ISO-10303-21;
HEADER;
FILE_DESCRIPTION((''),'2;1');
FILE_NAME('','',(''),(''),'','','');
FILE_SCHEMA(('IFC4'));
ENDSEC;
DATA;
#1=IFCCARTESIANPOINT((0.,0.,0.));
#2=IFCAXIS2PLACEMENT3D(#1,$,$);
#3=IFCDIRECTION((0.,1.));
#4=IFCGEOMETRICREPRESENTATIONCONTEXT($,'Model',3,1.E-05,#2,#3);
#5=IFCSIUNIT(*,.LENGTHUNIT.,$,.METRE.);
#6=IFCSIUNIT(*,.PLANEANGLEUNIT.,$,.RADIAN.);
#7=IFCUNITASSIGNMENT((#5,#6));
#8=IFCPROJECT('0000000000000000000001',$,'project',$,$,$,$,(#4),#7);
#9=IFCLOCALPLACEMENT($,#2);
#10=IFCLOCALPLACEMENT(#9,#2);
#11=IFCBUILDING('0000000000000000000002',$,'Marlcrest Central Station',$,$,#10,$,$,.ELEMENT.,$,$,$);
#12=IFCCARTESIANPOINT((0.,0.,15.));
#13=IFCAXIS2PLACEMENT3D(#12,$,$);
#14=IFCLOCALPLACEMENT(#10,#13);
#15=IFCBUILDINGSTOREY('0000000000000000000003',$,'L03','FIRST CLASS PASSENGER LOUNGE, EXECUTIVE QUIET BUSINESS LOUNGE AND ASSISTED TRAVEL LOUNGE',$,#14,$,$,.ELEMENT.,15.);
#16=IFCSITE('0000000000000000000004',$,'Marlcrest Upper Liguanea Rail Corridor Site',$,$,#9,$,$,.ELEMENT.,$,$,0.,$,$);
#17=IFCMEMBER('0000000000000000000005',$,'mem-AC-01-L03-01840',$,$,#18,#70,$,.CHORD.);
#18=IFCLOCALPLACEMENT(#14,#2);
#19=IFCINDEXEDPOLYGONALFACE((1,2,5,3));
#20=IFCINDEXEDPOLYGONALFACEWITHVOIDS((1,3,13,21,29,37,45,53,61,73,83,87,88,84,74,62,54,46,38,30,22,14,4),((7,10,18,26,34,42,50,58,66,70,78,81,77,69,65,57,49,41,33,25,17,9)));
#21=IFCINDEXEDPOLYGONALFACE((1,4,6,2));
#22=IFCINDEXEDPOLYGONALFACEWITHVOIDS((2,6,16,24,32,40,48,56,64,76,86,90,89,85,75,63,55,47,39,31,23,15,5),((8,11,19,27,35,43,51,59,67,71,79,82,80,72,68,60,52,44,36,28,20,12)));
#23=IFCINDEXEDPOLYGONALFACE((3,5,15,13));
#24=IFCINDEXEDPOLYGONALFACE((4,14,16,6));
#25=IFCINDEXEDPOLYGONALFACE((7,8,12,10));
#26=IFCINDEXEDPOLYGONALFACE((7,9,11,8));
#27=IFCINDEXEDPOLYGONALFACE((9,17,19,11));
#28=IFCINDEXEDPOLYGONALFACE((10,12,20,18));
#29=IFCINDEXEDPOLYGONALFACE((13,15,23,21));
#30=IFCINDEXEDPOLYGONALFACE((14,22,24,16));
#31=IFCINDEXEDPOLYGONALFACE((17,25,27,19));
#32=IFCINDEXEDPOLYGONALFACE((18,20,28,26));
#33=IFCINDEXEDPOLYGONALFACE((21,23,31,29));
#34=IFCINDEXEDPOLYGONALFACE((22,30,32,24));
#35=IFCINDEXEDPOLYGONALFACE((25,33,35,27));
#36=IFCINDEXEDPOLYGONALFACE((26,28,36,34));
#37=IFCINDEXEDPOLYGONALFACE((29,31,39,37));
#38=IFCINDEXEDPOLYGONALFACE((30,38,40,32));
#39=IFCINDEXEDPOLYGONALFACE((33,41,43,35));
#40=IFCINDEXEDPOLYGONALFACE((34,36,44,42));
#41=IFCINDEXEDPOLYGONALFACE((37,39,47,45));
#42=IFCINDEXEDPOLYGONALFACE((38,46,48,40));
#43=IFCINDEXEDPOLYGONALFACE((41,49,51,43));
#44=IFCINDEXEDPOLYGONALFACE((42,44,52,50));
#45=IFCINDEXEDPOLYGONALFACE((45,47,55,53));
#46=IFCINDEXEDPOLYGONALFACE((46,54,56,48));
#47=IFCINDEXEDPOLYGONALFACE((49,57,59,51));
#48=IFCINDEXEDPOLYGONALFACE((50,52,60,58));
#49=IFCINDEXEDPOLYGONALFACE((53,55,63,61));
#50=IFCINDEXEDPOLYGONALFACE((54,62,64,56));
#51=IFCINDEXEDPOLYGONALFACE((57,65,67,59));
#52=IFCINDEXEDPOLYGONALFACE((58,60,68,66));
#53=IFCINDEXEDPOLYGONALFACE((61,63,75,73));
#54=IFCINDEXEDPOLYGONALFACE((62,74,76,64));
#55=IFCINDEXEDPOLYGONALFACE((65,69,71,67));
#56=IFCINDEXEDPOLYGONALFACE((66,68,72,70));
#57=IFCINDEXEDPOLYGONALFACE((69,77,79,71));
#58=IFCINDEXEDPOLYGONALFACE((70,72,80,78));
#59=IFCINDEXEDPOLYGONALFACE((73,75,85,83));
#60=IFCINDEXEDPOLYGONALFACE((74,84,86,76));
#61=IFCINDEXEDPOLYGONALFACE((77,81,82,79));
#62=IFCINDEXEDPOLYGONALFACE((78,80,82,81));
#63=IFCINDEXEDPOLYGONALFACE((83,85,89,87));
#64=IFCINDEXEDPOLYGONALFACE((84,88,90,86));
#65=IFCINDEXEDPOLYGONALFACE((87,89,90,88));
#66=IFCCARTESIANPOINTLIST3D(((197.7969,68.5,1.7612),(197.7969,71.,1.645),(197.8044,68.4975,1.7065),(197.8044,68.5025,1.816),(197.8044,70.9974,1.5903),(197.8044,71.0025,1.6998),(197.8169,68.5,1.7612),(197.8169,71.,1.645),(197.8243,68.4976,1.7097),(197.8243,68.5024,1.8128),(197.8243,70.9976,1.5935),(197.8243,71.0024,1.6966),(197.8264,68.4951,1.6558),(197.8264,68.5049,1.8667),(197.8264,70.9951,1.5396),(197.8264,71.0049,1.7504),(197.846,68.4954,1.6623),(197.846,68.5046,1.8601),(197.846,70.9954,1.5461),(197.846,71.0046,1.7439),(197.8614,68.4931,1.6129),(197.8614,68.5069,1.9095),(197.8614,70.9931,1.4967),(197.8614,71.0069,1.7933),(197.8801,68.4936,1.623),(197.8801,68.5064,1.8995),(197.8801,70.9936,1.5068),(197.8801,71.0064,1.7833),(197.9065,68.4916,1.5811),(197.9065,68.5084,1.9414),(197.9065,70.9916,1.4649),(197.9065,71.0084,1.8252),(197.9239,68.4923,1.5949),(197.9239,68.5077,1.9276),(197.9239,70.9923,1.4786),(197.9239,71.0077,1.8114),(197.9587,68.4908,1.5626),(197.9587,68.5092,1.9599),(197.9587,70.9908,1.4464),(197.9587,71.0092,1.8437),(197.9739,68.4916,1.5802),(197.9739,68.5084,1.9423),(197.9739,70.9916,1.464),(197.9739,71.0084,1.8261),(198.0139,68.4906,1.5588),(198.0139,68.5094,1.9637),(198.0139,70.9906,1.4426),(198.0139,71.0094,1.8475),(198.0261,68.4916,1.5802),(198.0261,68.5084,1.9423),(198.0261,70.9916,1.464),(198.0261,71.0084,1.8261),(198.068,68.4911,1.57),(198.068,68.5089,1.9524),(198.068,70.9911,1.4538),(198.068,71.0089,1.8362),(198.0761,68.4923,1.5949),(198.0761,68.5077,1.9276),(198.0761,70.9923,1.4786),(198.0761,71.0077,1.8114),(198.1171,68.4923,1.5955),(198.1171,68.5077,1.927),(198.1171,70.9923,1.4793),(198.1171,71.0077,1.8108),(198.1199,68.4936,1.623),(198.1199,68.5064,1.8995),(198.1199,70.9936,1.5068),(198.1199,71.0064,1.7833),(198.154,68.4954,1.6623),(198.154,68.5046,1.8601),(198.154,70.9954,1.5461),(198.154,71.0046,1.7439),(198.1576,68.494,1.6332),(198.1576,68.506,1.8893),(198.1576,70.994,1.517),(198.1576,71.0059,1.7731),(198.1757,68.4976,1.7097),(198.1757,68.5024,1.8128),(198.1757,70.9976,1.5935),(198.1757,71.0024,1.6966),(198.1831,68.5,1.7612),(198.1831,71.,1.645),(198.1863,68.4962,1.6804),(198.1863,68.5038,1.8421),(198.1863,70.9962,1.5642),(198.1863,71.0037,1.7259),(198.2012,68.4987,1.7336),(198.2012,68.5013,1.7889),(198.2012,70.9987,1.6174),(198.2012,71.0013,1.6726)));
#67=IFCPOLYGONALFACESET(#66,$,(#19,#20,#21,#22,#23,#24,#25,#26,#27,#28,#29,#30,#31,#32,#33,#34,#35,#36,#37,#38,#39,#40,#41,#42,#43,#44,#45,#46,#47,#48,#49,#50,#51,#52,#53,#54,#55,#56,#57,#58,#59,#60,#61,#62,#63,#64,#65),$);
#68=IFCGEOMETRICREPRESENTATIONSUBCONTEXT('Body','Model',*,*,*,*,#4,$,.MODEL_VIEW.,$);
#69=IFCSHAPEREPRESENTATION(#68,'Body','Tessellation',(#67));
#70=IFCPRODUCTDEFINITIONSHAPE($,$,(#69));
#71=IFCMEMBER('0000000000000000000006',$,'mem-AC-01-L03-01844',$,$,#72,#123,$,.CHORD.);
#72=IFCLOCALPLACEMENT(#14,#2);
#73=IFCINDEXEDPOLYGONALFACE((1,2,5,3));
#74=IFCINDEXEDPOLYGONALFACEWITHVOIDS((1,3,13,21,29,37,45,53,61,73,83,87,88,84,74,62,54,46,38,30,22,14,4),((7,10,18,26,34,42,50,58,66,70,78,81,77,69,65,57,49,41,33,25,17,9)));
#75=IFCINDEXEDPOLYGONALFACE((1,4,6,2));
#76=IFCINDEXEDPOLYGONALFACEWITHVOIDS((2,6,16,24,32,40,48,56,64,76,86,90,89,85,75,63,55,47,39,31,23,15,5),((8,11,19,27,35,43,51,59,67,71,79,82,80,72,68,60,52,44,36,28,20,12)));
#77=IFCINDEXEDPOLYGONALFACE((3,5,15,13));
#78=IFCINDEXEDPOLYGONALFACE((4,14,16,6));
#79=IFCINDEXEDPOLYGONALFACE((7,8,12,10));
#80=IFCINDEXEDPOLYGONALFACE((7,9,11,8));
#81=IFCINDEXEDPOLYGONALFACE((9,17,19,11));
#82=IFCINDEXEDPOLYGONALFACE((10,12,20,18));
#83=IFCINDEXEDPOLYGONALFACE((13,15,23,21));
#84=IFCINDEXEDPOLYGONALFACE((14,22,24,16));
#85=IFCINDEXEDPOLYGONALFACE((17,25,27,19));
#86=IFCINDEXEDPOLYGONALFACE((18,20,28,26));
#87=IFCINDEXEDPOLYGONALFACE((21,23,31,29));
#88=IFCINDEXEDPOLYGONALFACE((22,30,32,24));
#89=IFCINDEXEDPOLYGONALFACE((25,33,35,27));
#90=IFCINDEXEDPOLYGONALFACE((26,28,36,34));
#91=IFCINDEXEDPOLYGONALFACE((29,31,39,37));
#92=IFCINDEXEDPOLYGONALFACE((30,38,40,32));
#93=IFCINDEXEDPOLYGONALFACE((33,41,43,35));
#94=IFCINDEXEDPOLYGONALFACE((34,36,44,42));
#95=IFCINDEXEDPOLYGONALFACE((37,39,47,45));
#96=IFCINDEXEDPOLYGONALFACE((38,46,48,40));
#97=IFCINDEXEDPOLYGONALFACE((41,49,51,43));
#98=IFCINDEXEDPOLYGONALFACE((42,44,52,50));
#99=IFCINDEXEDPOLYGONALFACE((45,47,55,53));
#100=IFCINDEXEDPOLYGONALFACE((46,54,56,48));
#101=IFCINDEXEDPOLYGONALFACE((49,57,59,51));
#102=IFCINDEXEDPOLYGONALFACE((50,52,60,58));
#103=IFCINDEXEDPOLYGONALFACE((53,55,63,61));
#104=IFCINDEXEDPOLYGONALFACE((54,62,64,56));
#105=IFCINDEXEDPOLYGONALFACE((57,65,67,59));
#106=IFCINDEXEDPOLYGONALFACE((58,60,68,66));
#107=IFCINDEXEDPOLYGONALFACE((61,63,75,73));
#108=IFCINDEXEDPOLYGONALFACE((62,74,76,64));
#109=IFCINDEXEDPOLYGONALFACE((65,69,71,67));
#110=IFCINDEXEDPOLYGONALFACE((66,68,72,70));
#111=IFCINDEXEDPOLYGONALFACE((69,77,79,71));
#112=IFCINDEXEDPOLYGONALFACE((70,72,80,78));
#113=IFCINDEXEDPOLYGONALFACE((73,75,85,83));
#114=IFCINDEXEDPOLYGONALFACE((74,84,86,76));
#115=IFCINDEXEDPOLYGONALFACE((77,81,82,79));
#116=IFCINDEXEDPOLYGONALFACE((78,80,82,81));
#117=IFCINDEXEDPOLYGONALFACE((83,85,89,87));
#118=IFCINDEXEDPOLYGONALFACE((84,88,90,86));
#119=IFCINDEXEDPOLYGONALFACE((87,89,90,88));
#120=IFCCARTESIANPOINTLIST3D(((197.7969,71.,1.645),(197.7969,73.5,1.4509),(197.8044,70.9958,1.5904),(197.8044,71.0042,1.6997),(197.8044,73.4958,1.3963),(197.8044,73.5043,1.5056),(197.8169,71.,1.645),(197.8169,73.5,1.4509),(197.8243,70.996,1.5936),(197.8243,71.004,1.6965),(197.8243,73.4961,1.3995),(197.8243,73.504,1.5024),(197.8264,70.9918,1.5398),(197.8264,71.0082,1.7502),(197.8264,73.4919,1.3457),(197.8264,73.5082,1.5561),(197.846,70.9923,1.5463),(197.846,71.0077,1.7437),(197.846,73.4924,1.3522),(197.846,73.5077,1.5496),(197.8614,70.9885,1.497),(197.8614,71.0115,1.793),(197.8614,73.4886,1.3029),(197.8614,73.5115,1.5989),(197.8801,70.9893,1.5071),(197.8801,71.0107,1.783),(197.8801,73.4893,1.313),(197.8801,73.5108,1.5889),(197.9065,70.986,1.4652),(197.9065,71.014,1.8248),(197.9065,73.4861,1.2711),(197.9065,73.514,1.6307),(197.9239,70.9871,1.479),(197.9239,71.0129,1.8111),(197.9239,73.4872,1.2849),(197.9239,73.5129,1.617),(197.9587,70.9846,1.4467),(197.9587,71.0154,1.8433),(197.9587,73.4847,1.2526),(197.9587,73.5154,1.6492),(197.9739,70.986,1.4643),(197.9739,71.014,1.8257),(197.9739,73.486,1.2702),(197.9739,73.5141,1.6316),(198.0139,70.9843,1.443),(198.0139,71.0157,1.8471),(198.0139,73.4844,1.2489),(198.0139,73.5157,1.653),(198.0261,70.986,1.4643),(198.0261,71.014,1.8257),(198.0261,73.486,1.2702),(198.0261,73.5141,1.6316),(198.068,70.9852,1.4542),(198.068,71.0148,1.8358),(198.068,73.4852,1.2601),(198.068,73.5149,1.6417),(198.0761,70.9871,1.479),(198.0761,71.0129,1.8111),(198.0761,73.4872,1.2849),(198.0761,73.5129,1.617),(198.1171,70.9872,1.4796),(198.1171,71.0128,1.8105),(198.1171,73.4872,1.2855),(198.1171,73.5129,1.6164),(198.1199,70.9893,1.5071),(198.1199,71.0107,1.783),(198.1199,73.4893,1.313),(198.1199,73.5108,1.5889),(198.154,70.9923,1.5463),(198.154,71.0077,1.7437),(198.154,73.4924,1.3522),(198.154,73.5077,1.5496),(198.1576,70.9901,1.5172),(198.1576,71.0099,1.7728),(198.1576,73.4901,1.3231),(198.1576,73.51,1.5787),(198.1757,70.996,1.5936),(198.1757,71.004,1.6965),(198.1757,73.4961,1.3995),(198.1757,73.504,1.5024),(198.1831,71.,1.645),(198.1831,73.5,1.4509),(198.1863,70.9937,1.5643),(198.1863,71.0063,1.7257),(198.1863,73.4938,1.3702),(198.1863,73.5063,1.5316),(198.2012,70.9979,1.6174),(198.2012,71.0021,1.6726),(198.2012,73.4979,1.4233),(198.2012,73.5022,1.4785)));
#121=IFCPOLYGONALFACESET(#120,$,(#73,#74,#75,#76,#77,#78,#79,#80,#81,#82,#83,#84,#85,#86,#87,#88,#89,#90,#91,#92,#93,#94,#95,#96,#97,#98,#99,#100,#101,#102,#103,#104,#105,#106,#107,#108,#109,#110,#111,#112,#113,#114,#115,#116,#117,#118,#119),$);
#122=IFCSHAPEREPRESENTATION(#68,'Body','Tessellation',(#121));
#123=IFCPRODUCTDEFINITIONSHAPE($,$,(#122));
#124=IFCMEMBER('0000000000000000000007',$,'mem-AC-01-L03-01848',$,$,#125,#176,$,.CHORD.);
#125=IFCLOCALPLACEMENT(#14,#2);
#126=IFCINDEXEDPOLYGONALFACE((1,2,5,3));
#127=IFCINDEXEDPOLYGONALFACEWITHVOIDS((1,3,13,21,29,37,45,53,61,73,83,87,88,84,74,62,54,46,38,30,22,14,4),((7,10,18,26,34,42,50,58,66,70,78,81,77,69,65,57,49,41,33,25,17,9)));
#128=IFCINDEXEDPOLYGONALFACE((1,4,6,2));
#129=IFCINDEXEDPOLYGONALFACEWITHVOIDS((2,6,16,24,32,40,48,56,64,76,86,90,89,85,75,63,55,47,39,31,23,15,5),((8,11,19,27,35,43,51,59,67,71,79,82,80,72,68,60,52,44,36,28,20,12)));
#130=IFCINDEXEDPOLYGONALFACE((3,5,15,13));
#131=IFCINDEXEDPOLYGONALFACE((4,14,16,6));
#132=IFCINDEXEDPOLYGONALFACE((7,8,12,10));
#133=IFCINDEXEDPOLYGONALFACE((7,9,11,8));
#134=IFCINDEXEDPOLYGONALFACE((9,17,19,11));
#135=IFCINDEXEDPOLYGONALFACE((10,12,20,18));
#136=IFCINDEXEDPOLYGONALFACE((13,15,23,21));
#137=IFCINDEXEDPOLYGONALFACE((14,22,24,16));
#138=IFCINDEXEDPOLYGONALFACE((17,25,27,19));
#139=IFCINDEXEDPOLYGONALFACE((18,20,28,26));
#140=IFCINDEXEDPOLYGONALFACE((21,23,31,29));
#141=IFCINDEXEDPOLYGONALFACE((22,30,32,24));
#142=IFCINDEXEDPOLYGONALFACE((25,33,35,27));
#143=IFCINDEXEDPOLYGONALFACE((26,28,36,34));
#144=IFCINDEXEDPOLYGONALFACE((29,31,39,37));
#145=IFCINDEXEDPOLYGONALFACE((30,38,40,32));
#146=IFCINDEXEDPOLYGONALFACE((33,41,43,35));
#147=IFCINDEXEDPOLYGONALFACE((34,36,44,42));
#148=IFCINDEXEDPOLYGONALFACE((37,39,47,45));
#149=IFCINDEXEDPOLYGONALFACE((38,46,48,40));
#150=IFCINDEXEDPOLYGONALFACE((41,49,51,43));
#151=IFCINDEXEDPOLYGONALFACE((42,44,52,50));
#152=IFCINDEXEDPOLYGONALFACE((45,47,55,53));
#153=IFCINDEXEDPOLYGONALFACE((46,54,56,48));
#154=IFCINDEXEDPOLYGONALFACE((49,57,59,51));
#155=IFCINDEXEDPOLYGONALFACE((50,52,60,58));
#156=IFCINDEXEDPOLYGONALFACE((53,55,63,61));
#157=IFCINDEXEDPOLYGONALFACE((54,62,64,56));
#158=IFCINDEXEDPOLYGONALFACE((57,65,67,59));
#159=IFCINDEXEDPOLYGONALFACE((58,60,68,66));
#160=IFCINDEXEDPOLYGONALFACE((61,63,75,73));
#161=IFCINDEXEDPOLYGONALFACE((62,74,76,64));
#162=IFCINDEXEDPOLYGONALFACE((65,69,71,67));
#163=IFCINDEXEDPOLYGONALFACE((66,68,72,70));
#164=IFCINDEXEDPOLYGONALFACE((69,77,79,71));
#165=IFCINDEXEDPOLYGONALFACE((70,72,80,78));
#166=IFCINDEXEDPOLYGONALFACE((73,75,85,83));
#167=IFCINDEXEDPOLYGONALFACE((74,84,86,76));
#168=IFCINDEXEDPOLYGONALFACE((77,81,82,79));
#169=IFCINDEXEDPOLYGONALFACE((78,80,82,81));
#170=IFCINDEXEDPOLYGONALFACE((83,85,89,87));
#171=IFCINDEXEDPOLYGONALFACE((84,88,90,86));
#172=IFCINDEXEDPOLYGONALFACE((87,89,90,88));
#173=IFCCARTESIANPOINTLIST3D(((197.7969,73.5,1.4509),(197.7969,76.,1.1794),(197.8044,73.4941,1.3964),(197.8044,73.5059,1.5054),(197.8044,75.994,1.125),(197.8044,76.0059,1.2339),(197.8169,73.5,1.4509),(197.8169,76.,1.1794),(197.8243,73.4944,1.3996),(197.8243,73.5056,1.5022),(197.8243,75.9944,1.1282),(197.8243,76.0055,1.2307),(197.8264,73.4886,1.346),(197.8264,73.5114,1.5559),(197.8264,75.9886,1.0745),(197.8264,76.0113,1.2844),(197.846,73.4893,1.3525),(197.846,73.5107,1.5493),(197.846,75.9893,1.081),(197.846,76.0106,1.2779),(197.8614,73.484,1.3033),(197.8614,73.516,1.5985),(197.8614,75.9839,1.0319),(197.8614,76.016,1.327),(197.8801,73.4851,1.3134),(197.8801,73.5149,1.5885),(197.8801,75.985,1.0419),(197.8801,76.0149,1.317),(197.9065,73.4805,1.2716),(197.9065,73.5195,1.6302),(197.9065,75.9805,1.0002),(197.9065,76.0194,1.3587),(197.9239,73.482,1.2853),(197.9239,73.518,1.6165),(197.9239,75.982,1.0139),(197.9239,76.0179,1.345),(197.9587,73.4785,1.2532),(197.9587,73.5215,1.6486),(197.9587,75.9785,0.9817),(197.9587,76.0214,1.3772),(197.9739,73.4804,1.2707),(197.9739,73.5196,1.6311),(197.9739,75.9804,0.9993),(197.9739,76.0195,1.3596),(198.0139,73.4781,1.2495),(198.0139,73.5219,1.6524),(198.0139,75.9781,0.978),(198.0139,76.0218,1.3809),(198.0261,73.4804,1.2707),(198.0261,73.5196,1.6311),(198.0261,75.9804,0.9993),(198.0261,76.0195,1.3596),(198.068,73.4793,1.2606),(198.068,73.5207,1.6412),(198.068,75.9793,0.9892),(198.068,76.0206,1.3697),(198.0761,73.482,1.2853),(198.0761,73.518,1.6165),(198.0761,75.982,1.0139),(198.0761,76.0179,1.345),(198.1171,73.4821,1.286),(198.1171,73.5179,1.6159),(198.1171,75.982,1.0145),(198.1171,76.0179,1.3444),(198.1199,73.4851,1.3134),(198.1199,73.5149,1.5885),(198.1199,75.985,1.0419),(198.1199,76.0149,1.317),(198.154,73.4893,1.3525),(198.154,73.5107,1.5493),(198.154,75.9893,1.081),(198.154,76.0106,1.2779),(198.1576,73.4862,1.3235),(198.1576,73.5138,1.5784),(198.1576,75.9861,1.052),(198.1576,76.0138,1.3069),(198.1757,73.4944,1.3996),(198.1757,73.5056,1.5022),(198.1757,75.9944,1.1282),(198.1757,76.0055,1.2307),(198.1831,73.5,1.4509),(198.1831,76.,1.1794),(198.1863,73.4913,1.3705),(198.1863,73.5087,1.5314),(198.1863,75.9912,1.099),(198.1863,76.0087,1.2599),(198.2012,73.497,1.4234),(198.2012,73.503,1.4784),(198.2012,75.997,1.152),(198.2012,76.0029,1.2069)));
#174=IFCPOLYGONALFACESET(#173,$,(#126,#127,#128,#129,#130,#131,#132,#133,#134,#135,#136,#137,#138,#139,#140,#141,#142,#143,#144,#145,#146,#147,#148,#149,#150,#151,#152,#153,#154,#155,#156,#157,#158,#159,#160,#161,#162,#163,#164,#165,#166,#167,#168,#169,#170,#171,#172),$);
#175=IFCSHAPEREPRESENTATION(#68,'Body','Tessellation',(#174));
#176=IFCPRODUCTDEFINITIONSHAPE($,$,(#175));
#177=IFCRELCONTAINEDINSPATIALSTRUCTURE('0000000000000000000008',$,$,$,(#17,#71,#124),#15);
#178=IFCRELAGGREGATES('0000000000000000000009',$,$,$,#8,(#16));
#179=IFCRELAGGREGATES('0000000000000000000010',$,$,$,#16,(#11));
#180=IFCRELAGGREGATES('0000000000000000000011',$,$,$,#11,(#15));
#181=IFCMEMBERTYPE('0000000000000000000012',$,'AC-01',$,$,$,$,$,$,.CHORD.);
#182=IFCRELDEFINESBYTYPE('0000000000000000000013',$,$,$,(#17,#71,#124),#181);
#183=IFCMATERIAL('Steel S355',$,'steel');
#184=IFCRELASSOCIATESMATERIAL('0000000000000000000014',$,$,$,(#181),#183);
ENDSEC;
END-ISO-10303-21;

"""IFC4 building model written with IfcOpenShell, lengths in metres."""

from ifc_helpers import new_model, si_unit, direction, frame, origin, origin_2d, place, context, subcontext, project, spatial, hollow_circle, extrude, material, material_profile, profile_set, type_object, element, save


model = new_model("IFC4")

# Units and contexts
model_context = context("Model", 3, precision=1e-05, world=origin(), true_north=direction((0.0, 1.0)))
body_context = subcontext(model_context, "Body", "Model", "MODEL_VIEW")
ifc_project = project(units=[si_unit("LENGTHUNIT", "METRE"), si_unit("PLANEANGLEUNIT", "RADIAN")], contexts=[model_context])

# Site, building, storey
site_placement = place(None, origin())
site = spatial("IfcSite", under=ifc_project, at=site_placement, Name="Marlcrest Upper Liguanea Rail Corridor Site", CompositionType="ELEMENT", RefElevation=0.0)
building_placement = place(site_placement, origin())
building = spatial("IfcBuilding", under=site, at=building_placement, Name="Marlcrest Central Station", CompositionType="ELEMENT")
storey_placement = place(building_placement, frame((0.0, 0.0, 15.0)))
storey = spatial("IfcBuildingStorey", under=building, at=storey_placement, Name="L03", Description="FIRST CLASS PASSENGER LOUNGE, EXECUTIVE QUIET BUSINESS LOUNGE AND ASSISTED TRAVEL LOUNGE", CompositionType="ELEMENT", Elevation=15.0)

# Members
ifc_material_1 = material(Name="Steel S355", Category="steel")
ifc_material_profile_1 = material_profile(ifc_material_1, hollow_circle(Radius=0.2031, WallThickness=0.02, at=origin_2d()), Name="CHS 406.4x20")
ifc_profile_set_1 = profile_set([ifc_material_profile_1], Name="Steel S355")
member_type_1 = type_object("IfcMemberType", Name="AC-01", PredefinedType="CHORD", material=ifc_profile_set_1)
member_1_placement = place(storey_placement, frame((198.0, 68.5, 1.7612), z_axis=(0.0, 0.998921, -0.046434), x_axis=(-1.0, 0.0, 0.0)))
element("IfcMember", 1, at=member_1_placement, inside=storey, type_object=member_type_1, Name="mem-AC-01-L03-01840", PredefinedType="CHORD", context=body_context, shape_type="SweptSolid", body=[
    extrude(hollow_circle(Radius=0.2031, WallThickness=0.02, at=origin_2d()), origin(), (0.0, 0.0, 1.0), 2.5027),
])
member_2_placement = place(storey_placement, frame((198.0, 71.0, 1.645), z_axis=(0.0, 0.997, -0.077404), x_axis=(-1.0, 0.0, 0.0)))
element("IfcMember", 2, at=member_2_placement, inside=storey, type_object=member_type_1, Name="mem-AC-01-L03-01844", PredefinedType="CHORD", context=body_context, shape_type="SweptSolid", body=[
    extrude(hollow_circle(Radius=0.2031, WallThickness=0.02, at=origin_2d()), origin(), (0.0, 0.0, 1.0), 2.5076),
])
member_3_placement = place(storey_placement, frame((198.0, 73.5, 1.4509), z_axis=(0.0, 0.994155, -0.107959), x_axis=(-1.0, 0.0, 0.0)))
element("IfcMember", 3, at=member_3_placement, inside=storey, type_object=member_type_1, Name="mem-AC-01-L03-01848", PredefinedType="CHORD", context=body_context, shape_type="SweptSolid", body=[
    extrude(hollow_circle(Radius=0.2031, WallThickness=0.02, at=origin_2d()), origin(), (0.0, 0.0, 1.0), 2.5146),
])

save(model, "model.ifc")
